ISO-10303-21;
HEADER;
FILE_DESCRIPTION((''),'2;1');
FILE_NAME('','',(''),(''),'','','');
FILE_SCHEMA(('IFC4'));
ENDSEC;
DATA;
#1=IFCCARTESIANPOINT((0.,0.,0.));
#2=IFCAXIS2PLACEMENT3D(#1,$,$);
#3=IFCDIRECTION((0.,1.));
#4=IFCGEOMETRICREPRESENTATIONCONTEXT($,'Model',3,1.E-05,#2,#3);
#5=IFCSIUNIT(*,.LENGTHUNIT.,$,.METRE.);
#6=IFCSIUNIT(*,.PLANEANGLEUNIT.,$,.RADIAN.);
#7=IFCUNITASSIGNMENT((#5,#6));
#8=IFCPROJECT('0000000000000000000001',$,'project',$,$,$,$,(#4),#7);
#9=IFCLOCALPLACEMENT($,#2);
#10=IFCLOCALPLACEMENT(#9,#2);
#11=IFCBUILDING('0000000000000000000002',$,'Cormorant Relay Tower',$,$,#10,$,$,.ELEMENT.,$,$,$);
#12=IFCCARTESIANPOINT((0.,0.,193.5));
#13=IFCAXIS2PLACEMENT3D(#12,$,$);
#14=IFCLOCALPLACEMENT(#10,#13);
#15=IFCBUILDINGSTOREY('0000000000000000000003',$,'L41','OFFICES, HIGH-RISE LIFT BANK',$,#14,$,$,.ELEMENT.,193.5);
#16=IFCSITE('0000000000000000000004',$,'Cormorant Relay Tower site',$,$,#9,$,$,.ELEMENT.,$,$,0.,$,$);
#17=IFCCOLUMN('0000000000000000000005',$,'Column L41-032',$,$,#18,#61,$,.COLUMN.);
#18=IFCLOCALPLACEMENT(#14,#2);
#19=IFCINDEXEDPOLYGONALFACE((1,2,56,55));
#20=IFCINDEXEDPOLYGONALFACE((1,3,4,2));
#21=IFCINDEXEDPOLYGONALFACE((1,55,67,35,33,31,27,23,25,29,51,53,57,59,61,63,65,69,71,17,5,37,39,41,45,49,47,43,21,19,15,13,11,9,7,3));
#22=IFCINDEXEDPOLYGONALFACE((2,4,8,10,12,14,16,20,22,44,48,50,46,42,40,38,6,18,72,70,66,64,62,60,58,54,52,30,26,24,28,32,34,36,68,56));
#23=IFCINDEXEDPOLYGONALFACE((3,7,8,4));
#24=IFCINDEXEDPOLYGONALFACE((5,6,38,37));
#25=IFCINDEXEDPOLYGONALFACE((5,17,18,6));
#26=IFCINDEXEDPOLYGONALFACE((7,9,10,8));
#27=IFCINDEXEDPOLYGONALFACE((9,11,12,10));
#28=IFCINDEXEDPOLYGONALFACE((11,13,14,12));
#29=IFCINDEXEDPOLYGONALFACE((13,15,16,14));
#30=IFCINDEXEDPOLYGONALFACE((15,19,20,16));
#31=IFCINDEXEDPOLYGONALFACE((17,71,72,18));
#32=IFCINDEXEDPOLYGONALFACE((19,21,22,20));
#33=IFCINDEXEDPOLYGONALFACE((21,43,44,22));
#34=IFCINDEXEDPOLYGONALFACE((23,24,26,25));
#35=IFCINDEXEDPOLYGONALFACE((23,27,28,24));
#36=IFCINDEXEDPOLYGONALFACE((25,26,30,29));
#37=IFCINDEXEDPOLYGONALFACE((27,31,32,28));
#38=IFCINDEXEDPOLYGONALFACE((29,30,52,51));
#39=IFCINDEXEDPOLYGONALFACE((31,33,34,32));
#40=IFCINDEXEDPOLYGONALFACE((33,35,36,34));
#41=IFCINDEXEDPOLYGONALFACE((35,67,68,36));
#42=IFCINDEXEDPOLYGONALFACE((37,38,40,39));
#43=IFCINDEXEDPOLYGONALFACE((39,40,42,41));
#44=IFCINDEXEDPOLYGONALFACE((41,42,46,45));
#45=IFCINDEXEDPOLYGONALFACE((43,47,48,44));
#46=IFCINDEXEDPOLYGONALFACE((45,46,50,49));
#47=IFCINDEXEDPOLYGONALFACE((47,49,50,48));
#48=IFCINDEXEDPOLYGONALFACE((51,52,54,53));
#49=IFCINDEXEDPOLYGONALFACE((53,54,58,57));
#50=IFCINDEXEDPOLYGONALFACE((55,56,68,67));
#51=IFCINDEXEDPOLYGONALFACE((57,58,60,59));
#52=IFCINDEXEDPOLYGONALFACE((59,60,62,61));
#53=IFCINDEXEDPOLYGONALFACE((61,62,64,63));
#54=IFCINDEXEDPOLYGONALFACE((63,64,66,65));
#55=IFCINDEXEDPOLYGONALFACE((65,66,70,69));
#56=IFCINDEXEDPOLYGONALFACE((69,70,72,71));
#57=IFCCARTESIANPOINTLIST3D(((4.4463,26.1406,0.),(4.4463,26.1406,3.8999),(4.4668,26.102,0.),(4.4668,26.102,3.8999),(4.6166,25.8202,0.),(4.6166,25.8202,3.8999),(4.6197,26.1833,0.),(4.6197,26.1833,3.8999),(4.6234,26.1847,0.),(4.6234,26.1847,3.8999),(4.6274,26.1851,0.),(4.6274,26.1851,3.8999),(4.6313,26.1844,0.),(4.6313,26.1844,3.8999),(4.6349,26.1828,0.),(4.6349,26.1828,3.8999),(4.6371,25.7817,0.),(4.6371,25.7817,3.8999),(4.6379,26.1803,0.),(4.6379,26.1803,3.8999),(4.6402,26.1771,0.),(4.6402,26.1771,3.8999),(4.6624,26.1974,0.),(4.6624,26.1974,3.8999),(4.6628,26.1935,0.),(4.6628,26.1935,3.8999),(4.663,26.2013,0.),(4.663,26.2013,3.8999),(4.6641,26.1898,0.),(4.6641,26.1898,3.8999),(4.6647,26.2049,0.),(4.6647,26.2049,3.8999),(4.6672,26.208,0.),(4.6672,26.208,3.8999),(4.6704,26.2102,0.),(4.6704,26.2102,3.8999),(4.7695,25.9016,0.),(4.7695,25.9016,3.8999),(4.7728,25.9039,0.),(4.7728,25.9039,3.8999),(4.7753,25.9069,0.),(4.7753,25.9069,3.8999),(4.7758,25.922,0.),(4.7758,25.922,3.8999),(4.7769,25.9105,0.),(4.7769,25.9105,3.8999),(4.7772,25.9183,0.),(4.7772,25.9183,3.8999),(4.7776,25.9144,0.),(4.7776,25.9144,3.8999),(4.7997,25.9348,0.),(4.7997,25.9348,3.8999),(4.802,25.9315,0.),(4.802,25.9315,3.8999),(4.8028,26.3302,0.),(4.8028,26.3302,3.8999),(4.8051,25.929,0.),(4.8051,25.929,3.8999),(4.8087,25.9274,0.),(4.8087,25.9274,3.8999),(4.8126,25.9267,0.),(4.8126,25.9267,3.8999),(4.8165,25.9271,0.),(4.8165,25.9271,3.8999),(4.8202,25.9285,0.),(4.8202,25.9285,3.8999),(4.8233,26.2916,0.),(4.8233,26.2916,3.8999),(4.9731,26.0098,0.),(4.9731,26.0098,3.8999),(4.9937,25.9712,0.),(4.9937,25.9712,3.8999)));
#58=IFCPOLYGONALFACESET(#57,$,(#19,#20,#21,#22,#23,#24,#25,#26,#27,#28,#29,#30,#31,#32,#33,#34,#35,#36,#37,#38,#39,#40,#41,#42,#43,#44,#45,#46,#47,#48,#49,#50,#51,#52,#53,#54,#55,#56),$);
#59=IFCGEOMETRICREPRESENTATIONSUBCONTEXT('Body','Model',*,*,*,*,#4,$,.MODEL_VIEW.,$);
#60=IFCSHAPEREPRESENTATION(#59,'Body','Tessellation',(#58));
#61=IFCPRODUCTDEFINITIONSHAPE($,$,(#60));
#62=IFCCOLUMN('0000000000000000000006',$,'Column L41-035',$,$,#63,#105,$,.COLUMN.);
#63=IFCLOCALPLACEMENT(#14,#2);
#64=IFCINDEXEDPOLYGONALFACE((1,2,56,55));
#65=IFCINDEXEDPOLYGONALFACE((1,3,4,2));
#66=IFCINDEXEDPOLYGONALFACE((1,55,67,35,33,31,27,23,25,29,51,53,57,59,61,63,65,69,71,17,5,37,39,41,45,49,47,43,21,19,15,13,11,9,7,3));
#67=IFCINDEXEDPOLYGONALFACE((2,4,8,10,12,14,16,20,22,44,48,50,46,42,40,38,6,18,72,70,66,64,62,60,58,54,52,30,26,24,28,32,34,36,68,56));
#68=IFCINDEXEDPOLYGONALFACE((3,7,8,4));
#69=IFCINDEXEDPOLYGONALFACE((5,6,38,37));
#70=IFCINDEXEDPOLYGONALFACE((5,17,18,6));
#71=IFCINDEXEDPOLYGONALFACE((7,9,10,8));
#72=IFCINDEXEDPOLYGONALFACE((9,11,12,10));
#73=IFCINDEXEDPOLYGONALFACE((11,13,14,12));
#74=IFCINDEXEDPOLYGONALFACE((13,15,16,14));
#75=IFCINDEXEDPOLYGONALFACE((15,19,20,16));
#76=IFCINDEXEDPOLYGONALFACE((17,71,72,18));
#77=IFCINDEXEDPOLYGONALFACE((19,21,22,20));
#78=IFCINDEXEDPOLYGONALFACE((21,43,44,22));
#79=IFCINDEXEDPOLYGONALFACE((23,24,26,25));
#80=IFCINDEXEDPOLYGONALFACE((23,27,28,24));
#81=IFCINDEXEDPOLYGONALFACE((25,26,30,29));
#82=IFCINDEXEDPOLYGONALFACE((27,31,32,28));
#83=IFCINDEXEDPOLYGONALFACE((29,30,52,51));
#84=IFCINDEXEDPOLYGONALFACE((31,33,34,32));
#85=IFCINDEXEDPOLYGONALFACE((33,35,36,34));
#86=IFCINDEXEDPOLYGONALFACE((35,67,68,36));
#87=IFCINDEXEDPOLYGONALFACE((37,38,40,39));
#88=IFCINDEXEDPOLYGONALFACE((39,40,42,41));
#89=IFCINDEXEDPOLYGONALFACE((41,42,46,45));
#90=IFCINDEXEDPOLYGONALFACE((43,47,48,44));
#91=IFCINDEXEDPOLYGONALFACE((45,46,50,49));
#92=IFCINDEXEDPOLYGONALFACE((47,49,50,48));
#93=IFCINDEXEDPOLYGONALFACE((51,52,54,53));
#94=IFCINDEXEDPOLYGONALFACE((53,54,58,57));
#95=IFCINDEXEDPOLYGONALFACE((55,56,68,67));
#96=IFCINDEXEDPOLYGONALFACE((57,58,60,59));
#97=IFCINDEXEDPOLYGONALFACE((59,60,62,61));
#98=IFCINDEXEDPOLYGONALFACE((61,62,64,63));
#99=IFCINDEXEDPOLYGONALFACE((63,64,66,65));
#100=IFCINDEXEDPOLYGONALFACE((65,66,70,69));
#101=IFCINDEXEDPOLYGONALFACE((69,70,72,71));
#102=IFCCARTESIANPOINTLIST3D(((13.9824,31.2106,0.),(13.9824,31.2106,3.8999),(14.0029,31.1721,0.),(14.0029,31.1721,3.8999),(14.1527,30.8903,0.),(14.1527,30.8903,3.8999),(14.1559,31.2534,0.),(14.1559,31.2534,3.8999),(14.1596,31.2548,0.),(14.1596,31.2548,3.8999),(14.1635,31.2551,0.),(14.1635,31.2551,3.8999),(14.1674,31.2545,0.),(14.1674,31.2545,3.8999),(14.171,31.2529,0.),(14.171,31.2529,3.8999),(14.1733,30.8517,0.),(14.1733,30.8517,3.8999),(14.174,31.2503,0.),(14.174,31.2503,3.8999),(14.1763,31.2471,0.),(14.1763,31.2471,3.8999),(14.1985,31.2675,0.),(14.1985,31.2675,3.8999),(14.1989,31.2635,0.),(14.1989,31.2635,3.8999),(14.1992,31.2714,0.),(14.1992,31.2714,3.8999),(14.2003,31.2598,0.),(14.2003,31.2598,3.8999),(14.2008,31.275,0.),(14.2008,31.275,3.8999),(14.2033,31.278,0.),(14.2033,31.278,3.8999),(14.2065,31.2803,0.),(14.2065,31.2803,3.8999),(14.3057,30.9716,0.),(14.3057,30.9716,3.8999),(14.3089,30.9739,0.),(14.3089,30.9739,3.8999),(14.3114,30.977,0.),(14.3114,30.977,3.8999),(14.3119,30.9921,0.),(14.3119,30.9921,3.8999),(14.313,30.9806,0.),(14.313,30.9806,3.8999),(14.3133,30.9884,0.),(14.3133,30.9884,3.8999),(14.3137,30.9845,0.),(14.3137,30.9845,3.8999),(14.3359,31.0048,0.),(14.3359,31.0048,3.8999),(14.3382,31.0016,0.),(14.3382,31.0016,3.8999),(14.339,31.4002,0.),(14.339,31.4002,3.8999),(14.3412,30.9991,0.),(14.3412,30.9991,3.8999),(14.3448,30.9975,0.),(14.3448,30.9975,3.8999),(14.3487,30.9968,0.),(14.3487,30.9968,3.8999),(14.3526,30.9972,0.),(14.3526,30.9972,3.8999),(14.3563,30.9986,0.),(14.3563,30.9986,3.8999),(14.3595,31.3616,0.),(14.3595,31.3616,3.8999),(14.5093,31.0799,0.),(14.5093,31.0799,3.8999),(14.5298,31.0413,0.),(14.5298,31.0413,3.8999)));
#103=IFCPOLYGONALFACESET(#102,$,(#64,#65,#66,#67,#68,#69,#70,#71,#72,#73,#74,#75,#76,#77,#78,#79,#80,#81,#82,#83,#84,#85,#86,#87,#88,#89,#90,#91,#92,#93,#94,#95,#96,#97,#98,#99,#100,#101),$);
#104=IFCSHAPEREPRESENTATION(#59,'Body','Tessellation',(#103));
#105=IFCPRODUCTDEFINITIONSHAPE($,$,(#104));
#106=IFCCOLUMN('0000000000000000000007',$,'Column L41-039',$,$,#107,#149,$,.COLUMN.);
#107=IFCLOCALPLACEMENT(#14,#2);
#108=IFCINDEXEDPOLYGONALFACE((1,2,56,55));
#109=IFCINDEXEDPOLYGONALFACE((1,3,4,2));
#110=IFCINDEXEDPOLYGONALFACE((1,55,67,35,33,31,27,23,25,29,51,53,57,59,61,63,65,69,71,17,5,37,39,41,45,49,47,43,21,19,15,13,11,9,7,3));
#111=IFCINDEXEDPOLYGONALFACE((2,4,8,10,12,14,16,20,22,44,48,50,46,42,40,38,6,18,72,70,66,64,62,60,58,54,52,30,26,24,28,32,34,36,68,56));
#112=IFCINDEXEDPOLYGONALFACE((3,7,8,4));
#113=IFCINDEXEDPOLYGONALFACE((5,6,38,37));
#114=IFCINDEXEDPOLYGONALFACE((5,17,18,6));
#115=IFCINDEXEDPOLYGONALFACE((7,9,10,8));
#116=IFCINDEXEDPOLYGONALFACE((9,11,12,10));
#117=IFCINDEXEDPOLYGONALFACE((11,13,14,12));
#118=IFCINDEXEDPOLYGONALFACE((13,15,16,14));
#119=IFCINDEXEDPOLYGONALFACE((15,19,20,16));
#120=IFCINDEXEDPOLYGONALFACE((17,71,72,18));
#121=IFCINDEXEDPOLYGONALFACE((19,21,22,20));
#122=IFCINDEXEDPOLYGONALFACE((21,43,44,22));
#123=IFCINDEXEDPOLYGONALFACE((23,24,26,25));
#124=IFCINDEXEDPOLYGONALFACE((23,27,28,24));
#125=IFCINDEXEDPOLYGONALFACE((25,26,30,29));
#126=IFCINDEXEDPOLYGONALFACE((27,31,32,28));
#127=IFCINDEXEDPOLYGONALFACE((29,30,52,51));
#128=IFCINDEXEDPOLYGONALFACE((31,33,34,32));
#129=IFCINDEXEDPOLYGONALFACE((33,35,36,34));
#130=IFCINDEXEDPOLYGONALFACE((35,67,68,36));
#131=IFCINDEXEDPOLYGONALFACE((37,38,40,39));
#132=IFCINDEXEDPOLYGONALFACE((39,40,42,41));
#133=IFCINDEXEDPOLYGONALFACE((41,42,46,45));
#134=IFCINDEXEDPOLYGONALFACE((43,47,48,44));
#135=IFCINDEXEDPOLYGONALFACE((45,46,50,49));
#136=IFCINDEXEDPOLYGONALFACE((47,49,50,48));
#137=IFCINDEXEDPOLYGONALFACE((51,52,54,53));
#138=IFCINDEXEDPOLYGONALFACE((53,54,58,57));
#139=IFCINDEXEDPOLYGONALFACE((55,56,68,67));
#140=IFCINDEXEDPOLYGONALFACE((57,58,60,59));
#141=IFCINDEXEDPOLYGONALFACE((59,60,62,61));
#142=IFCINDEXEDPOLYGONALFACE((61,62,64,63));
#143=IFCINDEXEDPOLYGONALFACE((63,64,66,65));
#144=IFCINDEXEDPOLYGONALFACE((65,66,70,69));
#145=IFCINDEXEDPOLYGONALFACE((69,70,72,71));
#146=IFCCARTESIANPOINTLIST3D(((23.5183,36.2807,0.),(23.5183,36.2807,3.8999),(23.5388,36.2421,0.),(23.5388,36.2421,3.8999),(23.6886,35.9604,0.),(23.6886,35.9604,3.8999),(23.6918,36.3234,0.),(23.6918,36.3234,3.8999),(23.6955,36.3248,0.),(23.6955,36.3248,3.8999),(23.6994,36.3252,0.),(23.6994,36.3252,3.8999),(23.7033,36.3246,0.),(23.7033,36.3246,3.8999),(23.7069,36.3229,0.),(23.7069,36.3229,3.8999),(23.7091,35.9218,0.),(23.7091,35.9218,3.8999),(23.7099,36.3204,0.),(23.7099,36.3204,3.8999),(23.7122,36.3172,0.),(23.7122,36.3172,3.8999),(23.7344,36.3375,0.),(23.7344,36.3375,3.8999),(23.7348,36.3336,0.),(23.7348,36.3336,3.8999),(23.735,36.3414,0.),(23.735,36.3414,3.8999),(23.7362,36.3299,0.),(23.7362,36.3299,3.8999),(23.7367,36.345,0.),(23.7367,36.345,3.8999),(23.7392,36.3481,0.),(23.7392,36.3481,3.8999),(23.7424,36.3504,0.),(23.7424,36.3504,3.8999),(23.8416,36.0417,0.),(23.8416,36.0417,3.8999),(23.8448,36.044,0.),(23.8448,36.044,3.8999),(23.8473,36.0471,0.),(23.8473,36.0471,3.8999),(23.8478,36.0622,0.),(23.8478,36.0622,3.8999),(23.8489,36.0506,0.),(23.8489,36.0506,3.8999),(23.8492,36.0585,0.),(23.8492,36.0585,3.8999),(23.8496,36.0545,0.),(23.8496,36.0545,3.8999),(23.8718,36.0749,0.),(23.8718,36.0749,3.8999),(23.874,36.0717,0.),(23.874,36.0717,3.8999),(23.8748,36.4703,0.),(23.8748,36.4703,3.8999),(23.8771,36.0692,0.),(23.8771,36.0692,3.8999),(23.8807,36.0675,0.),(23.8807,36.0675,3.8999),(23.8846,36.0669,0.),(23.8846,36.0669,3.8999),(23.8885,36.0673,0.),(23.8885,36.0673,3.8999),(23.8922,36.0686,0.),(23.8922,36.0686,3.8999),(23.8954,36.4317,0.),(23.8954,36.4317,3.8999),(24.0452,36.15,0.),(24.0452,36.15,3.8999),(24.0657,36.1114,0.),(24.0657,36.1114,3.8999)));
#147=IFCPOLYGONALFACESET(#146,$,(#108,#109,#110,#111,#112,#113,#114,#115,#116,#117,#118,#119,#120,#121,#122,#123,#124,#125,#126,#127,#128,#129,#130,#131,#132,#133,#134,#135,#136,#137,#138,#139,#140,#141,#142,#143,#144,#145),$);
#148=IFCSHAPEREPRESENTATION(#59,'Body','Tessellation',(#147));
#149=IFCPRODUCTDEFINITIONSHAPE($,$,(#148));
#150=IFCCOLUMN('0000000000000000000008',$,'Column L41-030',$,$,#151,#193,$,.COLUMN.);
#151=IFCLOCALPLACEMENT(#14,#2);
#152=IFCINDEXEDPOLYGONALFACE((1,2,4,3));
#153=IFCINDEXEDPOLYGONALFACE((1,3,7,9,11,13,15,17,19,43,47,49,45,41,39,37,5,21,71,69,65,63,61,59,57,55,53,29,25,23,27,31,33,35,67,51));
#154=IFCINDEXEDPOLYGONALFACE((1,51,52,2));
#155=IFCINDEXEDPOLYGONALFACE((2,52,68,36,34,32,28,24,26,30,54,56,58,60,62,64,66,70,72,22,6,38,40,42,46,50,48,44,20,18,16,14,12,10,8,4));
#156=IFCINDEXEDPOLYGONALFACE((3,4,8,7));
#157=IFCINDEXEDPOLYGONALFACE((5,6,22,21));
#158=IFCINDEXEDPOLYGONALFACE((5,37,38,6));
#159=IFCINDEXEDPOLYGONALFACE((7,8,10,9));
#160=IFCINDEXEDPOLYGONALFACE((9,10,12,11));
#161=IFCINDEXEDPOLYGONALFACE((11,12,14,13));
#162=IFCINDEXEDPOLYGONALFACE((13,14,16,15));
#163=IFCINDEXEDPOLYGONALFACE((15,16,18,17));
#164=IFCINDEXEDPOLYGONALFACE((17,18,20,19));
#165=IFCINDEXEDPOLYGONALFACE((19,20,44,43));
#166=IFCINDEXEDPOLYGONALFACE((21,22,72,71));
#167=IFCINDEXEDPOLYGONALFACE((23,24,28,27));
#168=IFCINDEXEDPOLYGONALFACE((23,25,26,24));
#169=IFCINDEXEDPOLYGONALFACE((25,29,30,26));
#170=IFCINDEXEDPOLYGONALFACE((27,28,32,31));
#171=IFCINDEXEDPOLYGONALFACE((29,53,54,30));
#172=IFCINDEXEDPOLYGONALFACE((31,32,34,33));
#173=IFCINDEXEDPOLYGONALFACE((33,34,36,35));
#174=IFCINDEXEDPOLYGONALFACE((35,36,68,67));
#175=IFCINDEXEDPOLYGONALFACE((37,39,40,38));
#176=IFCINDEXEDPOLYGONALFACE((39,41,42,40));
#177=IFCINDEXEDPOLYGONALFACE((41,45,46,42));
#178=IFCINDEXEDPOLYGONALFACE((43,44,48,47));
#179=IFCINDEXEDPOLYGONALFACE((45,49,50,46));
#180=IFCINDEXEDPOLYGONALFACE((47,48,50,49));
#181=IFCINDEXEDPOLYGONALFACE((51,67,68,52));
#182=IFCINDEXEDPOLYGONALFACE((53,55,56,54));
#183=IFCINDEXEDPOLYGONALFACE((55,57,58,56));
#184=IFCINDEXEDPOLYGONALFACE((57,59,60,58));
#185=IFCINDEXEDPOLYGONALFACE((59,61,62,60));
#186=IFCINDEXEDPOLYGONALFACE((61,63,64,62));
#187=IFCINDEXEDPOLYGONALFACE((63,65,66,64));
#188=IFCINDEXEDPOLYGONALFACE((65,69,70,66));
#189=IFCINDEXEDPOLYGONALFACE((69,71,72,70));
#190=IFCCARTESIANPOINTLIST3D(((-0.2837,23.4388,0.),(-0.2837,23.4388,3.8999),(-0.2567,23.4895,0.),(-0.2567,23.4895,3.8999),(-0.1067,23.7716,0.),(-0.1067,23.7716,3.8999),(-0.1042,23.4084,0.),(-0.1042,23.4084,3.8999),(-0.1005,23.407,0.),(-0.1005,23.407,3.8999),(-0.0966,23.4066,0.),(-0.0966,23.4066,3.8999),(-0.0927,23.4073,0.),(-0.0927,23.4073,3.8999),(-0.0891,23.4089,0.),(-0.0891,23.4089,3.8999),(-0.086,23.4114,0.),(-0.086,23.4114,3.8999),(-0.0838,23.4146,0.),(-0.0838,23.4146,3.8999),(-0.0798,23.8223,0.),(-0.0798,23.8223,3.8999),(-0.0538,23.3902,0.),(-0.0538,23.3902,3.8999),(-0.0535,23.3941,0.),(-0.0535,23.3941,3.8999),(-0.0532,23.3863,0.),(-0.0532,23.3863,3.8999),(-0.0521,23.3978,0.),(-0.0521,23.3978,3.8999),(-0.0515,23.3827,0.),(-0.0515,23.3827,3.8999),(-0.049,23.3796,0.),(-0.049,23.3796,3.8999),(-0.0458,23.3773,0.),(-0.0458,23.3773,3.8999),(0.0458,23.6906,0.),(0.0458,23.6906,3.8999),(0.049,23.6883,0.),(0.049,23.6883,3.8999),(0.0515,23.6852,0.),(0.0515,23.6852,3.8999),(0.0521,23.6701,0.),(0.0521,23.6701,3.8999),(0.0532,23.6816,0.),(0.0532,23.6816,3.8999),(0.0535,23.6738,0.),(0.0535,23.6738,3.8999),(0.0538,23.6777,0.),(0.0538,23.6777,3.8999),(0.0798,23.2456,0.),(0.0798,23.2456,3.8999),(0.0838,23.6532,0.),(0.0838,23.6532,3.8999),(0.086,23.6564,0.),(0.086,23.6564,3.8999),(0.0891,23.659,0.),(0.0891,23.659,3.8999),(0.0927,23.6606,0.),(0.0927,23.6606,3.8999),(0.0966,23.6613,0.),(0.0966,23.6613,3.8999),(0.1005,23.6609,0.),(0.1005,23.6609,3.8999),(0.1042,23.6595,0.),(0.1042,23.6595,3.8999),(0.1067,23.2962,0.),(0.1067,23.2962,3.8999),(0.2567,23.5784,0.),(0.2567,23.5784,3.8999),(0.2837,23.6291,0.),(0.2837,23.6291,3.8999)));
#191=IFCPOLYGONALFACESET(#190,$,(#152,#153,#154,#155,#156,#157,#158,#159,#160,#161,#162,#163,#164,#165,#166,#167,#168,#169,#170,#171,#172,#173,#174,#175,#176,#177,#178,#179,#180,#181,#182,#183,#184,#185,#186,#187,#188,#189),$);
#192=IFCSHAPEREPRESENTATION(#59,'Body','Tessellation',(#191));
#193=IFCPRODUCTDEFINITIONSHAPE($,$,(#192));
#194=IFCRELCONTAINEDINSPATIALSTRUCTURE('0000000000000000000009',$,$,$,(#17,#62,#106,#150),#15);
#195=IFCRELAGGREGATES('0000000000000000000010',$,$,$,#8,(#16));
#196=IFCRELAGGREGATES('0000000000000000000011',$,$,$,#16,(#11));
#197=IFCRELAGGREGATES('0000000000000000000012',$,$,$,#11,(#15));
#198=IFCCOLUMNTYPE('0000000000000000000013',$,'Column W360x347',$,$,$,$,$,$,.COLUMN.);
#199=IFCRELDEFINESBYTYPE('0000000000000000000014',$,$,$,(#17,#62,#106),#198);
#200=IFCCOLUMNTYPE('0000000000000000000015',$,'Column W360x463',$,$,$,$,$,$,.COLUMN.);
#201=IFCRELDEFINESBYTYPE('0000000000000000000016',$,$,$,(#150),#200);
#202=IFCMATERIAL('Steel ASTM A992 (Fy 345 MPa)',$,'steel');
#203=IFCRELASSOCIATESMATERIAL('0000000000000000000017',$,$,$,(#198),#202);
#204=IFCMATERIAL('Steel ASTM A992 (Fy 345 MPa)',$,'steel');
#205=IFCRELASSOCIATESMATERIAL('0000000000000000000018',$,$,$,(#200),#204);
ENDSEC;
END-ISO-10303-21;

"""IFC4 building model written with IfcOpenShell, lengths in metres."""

from ifc_helpers import new_model, si_unit, direction, frame, origin, origin_2d, place, context, subcontext, project, spatial, i_section, extrude, material, material_profile, profile_set, type_object, element, save


model = new_model("IFC4")

# Units and contexts
model_context = context("Model", 3, precision=1e-05, world=origin(), true_north=direction((0.0, 1.0)))
body_context = subcontext(model_context, "Body", "Model", "MODEL_VIEW")
ifc_project = project(units=[si_unit("LENGTHUNIT", "METRE"), si_unit("PLANEANGLEUNIT", "RADIAN")], contexts=[model_context])

# Site, building, storey
site_placement = place(None, origin())
site = spatial("IfcSite", under=ifc_project, at=site_placement, Name="Cormorant Relay Tower site", CompositionType="ELEMENT", RefElevation=0.0)
building_placement = place(site_placement, origin())
building = spatial("IfcBuilding", under=site, at=building_placement, Name="Cormorant Relay Tower", CompositionType="ELEMENT")
storey_placement = place(building_placement, frame((0.0, 0.0, 193.5)))
storey = spatial("IfcBuildingStorey", under=building, at=storey_placement, Name="L41", Description="OFFICES, HIGH-RISE LIFT BANK", CompositionType="ELEMENT", Elevation=193.5)

# Columns
ifc_material_1 = material(Name="Steel ASTM A992 (Fy 345 MPa)", Category="steel")
ifc_material_profile_1 = material_profile(ifc_material_1, i_section(OverallWidth=0.4038, OverallDepth=0.4065, WebThickness=0.0271, FlangeThickness=0.0437, FilletRadius=0.0151, at=origin_2d()), Name="W360x347")
ifc_profile_set_1 = profile_set([ifc_material_profile_1], Name="Steel ASTM A992 (Fy 345 MPa)")
column_type_1 = type_object("IfcColumnType", Name="Column W360x347", PredefinedType="COLUMN", material=ifc_profile_set_1)
for number, where, z_axis, x_axis, name in (
    (1, (4.72, 26.0559, 0.0), (0.0, 0.0, 1.0), (-0.882948, -0.469472, 0.0), "Column L41-032"),
    (2, (14.2561, 31.126, 0.0), (0.0, 0.0, 1.0), (-0.882948, -0.469472, 0.0), "Column L41-035"),
    (3, (23.792, 36.196, 0.0), (0.0, 0.0, 1.0), (-0.882948, -0.469472, 0.0), "Column L41-039"),
):
    element("IfcColumn", number, at=place(storey_placement, frame(where, z_axis=z_axis, x_axis=x_axis)), inside=storey, type_object=column_type_1, Name=name, PredefinedType="COLUMN", context=body_context, shape_type="SweptSolid", body=[
        extrude(i_section(OverallWidth=0.4038, OverallDepth=0.4065, WebThickness=0.0271, FlangeThickness=0.0437, FilletRadius=0.0151, at=origin_2d()), origin(), (0.0, 0.0, 1.0), 3.8999),
    ])
ifc_material_2 = material(Name="Steel ASTM A992 (Fy 345 MPa)", Category="steel")
ifc_material_profile_2 = material_profile(ifc_material_2, i_section(OverallWidth=0.4116, OverallDepth=0.4343, WebThickness=0.0359, FlangeThickness=0.0574, FilletRadius=0.0151, at=origin_2d()), Name="W360x463")
ifc_profile_set_2 = profile_set([ifc_material_profile_2], Name="Steel ASTM A992 (Fy 345 MPa)")
column_type_2 = type_object("IfcColumnType", Name="Column W360x463", PredefinedType="COLUMN", material=ifc_profile_set_2)
column_placement = place(storey_placement, frame((0.0, 23.5339, 0.0), z_axis=(0.0, 0.0, 1.0), x_axis=(-0.882948, 0.469472, 0.0)))
element("IfcColumn", 4, at=column_placement, inside=storey, type_object=column_type_2, Name="Column L41-030", PredefinedType="COLUMN", context=body_context, shape_type="SweptSolid", body=[
    extrude(i_section(OverallWidth=0.4116, OverallDepth=0.4343, WebThickness=0.0359, FlangeThickness=0.0574, FilletRadius=0.0151, at=origin_2d()), origin(), (0.0, 0.0, 1.0), 3.8999),
])

save(model, "model.ifc")
